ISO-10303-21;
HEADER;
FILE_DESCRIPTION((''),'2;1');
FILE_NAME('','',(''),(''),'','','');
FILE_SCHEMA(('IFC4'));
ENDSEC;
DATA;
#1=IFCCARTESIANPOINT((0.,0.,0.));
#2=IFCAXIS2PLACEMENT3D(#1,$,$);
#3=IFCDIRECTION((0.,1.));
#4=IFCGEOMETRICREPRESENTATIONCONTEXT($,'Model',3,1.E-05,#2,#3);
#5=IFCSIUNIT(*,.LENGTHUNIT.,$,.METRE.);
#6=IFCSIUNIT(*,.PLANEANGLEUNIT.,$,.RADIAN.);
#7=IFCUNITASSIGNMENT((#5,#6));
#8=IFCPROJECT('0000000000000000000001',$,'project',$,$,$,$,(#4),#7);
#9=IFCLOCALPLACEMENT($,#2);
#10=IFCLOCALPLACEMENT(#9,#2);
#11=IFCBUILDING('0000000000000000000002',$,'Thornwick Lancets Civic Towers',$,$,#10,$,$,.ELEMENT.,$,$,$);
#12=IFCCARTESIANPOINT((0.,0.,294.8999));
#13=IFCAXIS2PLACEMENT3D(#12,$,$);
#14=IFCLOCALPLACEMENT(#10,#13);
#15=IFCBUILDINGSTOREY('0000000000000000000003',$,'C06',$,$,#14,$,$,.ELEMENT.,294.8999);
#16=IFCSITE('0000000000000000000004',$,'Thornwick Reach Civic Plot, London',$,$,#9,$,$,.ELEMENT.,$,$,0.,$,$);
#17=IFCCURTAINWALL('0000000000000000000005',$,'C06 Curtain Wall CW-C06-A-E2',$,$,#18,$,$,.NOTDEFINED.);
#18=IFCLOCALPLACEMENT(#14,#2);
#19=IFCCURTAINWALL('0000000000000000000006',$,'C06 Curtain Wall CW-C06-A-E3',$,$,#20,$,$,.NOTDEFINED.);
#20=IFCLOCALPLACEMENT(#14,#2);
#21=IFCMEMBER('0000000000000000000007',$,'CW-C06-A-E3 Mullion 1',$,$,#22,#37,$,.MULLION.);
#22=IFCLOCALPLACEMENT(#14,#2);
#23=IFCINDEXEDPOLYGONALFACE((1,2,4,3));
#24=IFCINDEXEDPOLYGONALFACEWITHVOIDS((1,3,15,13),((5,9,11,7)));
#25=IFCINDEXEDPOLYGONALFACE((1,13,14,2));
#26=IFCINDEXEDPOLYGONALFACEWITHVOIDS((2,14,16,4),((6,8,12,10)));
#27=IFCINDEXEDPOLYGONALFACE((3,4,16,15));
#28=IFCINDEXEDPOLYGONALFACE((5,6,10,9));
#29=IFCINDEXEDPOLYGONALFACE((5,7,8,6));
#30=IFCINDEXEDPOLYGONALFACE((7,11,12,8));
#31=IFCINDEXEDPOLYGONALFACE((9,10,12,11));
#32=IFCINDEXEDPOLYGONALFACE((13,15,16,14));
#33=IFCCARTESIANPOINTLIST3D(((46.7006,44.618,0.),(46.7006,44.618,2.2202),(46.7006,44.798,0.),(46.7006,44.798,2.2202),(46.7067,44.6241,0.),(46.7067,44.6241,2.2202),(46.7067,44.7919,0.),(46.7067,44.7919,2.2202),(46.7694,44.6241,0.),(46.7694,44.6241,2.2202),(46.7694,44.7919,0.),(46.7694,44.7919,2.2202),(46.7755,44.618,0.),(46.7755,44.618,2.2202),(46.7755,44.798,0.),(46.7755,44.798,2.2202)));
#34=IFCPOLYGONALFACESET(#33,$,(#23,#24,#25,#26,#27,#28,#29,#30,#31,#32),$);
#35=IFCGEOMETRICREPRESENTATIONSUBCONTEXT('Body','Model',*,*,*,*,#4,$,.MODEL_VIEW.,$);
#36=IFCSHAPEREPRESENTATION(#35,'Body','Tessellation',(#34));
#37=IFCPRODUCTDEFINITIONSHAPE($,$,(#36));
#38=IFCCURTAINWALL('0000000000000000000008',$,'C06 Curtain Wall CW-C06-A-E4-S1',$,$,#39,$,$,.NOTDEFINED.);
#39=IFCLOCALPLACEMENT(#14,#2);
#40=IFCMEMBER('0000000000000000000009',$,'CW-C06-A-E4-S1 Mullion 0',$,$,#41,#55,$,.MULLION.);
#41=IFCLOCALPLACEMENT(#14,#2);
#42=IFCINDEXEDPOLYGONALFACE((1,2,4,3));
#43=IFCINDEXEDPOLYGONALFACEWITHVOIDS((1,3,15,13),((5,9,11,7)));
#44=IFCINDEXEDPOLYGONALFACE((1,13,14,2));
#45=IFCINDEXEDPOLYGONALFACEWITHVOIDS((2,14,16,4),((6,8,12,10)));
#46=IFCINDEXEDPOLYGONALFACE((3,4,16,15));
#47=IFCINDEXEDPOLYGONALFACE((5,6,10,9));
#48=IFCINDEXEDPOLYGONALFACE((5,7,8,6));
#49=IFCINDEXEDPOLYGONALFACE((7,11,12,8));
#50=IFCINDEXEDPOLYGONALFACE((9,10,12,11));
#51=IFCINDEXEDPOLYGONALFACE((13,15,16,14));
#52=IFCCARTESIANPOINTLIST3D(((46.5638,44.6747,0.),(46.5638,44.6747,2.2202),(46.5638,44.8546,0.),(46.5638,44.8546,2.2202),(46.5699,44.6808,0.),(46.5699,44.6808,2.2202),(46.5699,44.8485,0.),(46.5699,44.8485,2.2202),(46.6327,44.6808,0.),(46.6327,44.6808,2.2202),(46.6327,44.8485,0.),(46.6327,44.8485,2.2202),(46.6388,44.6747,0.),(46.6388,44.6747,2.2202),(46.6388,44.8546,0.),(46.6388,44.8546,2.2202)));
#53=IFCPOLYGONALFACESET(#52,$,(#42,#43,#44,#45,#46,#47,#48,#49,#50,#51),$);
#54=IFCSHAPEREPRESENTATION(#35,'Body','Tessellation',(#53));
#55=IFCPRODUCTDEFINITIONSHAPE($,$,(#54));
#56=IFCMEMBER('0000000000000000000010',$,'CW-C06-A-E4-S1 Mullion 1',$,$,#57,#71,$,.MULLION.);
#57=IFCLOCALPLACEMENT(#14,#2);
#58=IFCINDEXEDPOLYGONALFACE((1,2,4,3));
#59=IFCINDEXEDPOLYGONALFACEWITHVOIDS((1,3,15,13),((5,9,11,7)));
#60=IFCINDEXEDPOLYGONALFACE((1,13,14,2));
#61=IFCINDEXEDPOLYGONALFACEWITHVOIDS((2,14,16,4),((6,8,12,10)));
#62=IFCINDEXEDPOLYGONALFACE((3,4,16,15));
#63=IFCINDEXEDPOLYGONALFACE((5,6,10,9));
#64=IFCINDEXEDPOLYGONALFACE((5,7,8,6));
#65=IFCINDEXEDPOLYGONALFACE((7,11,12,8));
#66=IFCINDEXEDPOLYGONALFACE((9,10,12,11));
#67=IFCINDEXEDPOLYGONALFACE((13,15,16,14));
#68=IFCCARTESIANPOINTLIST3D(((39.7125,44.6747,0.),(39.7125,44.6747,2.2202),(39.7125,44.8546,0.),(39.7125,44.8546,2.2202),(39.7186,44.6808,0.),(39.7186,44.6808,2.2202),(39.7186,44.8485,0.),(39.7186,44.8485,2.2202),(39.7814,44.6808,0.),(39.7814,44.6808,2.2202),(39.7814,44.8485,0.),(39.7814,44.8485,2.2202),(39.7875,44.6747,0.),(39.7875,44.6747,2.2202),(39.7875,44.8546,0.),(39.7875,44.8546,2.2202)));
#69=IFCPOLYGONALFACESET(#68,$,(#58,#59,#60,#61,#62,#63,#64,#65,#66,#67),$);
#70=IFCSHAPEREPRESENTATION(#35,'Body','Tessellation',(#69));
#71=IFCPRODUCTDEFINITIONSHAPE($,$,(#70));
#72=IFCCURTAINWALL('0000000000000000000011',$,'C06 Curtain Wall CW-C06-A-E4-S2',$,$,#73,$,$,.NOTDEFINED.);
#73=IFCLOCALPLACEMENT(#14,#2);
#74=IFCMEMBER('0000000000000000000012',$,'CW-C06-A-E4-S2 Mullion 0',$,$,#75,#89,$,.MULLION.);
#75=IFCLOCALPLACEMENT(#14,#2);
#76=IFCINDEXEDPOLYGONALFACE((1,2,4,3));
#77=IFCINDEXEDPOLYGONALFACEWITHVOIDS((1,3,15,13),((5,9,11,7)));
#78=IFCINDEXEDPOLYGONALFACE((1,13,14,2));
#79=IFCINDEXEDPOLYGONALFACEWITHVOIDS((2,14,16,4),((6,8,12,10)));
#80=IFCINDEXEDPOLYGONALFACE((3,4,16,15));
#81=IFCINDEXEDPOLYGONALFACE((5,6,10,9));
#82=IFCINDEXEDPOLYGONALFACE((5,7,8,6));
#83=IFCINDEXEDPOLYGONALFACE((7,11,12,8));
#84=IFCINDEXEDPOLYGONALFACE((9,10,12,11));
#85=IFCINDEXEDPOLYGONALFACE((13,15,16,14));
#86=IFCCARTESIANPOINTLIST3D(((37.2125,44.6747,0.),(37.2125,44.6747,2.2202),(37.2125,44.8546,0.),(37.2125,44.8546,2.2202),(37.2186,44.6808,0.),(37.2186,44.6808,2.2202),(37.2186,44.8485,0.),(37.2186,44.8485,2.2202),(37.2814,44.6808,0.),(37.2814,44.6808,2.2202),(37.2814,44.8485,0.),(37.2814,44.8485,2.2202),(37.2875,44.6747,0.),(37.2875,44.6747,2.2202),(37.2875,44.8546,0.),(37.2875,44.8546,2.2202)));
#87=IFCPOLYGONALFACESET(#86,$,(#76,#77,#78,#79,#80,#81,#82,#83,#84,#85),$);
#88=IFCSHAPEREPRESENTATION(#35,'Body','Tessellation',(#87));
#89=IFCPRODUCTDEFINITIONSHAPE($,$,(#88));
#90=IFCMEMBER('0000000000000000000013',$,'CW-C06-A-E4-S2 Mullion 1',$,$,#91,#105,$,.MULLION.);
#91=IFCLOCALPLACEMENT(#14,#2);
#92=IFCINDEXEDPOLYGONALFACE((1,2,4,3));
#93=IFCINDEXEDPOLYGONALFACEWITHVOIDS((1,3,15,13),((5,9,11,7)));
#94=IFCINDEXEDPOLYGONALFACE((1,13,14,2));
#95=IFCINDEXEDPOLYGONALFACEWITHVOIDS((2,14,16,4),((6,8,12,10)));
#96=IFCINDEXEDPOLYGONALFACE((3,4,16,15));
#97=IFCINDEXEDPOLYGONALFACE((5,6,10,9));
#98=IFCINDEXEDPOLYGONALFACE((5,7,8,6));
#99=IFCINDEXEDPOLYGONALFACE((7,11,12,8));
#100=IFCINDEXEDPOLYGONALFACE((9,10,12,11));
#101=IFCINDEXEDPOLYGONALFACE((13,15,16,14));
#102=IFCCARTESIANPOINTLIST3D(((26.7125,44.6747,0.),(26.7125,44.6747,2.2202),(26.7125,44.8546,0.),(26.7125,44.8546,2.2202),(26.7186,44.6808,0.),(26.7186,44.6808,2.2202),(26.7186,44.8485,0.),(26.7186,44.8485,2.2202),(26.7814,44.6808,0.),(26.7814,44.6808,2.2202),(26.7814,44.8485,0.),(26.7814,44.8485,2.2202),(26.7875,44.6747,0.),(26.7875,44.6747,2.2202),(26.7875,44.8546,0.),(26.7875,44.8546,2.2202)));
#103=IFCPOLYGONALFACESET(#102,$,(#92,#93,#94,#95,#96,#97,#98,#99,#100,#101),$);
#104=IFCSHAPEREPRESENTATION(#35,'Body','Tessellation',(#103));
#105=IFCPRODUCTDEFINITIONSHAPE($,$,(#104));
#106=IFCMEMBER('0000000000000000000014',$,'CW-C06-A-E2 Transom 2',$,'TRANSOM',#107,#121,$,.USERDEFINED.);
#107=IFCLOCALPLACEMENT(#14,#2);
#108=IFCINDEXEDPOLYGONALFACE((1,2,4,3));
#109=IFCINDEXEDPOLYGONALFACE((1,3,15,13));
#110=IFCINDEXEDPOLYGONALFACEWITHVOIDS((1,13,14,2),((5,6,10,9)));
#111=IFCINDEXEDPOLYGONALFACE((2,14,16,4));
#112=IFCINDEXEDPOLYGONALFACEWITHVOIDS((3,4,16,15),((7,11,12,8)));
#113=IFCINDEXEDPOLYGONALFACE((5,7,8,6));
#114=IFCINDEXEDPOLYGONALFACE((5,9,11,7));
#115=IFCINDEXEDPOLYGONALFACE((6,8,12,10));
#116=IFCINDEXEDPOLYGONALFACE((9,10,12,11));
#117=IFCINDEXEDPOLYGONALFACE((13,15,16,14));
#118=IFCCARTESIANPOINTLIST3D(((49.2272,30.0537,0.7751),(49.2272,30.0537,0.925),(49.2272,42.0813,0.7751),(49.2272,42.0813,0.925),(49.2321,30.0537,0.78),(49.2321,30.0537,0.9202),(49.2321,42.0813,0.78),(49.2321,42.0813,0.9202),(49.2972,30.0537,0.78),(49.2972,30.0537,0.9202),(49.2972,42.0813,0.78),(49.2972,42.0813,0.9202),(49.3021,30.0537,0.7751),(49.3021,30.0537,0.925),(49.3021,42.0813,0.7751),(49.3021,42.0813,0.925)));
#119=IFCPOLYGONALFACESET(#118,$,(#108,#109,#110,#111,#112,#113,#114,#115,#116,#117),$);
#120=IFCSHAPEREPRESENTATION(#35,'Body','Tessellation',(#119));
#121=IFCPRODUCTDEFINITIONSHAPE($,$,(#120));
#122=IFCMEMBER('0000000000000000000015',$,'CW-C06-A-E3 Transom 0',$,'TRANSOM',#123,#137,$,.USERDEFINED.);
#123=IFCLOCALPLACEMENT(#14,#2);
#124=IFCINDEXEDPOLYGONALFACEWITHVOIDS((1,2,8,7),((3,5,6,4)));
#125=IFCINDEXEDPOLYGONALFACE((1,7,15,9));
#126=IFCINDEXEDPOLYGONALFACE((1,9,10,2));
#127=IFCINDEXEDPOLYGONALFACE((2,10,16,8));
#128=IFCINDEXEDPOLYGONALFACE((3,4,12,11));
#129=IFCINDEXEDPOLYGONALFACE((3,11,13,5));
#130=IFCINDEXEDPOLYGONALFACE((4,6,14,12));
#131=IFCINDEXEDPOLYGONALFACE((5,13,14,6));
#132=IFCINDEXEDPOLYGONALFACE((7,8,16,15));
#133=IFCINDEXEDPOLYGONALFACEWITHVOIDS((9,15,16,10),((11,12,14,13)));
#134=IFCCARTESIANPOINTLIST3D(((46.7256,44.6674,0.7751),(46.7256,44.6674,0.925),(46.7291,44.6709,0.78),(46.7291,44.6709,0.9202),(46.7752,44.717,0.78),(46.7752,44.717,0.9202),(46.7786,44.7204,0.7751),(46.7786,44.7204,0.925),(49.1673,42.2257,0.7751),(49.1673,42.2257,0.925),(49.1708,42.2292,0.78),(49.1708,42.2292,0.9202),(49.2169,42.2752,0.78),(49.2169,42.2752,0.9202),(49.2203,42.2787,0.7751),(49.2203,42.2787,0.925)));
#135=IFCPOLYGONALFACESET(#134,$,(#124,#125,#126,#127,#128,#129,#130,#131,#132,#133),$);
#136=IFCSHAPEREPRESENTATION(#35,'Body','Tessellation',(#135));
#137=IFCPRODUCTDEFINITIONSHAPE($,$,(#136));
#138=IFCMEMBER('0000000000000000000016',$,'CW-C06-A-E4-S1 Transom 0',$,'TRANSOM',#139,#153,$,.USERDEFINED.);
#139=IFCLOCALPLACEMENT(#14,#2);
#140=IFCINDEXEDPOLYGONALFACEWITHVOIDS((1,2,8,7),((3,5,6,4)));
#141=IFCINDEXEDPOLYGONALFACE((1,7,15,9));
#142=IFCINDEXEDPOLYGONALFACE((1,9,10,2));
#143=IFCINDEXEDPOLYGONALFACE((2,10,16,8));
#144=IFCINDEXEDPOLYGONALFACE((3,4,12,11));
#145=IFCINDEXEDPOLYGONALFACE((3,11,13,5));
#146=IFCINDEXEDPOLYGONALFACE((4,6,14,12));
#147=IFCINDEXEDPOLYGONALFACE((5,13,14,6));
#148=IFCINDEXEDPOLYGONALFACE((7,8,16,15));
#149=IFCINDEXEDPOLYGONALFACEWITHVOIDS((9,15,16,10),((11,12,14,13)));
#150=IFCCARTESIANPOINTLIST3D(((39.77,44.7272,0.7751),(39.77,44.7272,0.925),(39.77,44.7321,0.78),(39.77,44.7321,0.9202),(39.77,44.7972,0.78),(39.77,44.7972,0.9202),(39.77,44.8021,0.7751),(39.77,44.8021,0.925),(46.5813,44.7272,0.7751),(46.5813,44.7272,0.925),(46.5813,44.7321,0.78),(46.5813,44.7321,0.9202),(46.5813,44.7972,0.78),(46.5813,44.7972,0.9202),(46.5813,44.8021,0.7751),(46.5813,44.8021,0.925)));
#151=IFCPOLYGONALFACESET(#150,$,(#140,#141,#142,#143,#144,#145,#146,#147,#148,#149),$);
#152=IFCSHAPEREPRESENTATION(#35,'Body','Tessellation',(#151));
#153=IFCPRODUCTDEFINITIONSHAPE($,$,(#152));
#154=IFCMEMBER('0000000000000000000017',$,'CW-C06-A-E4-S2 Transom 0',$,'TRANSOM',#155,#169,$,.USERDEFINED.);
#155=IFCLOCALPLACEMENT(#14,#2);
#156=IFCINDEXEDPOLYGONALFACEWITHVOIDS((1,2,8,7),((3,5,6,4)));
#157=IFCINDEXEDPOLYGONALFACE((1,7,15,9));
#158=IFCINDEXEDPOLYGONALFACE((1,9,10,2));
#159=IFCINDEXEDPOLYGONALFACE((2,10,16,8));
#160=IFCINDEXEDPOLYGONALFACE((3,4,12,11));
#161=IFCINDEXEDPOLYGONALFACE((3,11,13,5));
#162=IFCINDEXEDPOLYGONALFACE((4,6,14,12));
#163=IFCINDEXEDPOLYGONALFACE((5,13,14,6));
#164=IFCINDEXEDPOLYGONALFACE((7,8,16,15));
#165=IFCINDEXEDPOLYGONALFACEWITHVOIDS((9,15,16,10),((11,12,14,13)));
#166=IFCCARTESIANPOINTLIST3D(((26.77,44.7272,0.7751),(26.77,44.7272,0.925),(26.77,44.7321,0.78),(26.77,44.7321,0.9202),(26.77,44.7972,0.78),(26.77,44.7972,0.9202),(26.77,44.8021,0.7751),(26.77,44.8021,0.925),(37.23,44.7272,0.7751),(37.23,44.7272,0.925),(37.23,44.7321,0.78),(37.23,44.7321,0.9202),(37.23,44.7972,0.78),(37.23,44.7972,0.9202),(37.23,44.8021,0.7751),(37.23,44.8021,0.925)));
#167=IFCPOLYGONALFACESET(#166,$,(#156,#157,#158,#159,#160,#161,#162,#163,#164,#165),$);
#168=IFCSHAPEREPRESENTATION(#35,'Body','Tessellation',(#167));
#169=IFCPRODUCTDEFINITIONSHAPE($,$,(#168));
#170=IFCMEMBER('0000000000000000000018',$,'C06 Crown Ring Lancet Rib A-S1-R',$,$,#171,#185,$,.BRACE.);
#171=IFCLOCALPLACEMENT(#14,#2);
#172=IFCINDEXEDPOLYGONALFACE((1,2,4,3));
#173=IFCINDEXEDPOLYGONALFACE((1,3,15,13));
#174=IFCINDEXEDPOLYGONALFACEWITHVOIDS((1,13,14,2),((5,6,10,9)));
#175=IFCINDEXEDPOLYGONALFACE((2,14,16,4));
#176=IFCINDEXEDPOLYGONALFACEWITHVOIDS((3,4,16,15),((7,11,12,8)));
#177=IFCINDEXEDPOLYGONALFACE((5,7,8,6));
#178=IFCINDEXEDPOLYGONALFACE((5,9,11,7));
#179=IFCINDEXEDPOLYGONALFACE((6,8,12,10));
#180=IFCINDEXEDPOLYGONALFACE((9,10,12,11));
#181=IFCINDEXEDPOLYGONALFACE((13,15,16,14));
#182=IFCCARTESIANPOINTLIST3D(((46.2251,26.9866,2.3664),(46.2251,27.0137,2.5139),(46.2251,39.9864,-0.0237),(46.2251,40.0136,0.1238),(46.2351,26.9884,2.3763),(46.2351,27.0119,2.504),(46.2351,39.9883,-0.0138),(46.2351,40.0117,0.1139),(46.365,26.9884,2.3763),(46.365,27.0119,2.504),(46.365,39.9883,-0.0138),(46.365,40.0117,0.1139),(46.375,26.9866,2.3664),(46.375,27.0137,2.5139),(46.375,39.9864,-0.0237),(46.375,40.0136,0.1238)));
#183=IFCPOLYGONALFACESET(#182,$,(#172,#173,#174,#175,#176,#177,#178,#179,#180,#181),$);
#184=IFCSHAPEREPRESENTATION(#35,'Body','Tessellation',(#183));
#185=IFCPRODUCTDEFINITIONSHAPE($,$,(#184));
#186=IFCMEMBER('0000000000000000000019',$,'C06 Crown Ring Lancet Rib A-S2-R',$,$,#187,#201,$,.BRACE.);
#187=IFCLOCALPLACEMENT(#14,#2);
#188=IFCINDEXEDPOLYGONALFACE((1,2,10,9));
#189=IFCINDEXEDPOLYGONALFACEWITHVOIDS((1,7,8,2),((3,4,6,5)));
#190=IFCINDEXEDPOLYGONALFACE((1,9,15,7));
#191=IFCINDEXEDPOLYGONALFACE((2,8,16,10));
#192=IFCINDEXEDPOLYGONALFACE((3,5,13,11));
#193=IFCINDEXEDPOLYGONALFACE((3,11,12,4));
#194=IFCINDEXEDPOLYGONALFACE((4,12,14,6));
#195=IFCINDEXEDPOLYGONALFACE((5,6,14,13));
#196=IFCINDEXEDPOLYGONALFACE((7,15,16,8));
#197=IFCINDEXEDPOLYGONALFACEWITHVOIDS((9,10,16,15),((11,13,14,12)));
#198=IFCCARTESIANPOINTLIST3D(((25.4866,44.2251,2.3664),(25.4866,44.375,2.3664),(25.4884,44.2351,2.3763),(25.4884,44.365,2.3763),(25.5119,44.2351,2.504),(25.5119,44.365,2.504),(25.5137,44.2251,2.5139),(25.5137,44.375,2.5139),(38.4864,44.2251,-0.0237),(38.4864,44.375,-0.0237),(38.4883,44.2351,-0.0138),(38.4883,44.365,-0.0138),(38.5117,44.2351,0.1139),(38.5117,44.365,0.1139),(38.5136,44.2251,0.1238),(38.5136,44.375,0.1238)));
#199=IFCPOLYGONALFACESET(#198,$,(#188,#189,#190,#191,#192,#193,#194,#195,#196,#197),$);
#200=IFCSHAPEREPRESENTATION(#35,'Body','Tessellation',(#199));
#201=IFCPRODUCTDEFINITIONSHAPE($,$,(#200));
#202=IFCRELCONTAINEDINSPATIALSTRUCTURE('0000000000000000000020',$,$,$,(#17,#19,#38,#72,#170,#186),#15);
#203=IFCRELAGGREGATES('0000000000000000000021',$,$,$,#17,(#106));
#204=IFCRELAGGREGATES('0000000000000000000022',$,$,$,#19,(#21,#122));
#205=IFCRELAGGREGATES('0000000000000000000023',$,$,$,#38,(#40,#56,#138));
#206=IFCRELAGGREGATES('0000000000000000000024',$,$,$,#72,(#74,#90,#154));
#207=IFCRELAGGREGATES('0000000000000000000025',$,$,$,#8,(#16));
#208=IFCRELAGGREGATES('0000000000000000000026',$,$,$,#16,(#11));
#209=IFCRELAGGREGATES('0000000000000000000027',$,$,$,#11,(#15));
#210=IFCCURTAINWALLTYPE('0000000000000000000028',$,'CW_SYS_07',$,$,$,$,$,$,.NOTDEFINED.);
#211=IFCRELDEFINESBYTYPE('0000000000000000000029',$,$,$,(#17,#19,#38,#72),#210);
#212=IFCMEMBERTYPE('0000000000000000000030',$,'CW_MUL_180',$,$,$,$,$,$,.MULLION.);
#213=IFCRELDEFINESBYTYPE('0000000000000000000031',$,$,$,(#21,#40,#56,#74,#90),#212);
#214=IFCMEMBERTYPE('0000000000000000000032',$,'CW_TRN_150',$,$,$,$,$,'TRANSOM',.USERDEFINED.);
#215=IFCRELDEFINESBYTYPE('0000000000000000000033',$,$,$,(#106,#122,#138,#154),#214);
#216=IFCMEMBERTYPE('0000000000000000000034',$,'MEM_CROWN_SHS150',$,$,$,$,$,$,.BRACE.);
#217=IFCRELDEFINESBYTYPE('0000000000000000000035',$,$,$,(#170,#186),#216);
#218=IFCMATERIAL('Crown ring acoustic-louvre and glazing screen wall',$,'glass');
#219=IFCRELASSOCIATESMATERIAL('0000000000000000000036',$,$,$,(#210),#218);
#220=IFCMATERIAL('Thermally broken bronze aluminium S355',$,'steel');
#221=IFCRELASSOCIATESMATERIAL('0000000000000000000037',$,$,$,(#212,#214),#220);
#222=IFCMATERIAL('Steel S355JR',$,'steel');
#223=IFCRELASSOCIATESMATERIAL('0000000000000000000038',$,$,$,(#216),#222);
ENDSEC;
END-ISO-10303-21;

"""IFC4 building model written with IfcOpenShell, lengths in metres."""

from ifc_helpers import new_model, si_unit, direction, frame, origin, origin_2d, place, context, subcontext, project, spatial, hollow_rectangle, extrude, material, material_profile, profile_set, type_object, element, aggregate, save


model = new_model("IFC4")

# Units and contexts
model_context = context("Model", 3, precision=1e-05, world=origin(), true_north=direction((0.0, 1.0)))
body_context = subcontext(model_context, "Body", "Model", "MODEL_VIEW")
ifc_project = project(units=[si_unit("LENGTHUNIT", "METRE"), si_unit("PLANEANGLEUNIT", "RADIAN")], contexts=[model_context])

# Site, building, storey
site_placement = place(None, origin())
site = spatial("IfcSite", under=ifc_project, at=site_placement, Name="Thornwick Reach Civic Plot, London", CompositionType="ELEMENT", RefElevation=0.0)
building_placement = place(site_placement, origin())
building = spatial("IfcBuilding", under=site, at=building_placement, Name="Thornwick Lancets Civic Towers", CompositionType="ELEMENT")
storey_placement = place(building_placement, frame((0.0, 0.0, 294.8999)))
storey = spatial("IfcBuildingStorey", under=building, at=storey_placement, Name="C06", CompositionType="ELEMENT", Elevation=294.8999)

# Shared definitions
ifc_material_1 = material(Name="Steel S355JR", Category="steel")

# Curtain walls, members
ifc_material_2 = material(Name="Crown ring acoustic-louvre and glazing screen wall", Category="glass")
curtain_wall_type = type_object("IfcCurtainWallType", Name="CW_SYS_07", PredefinedType="NOTDEFINED", material=ifc_material_2)
curtain_wall_1_placement = place(storey_placement, origin())
curtain_wall_1 = element("IfcCurtainWall", 1, at=curtain_wall_1_placement, inside=storey, type_object=curtain_wall_type, Name="C06 Curtain Wall CW-C06-A-E2", PredefinedType="NOTDEFINED")
ifc_material_3 = material(Name="Thermally broken bronze aluminium S355", Category="steel")
ifc_material_profile_1 = material_profile(ifc_material_3, hollow_rectangle(XDim=0.075, YDim=0.1799, WallThickness=0.0061, at=origin_2d()), Name="RHS 180x75x6")
ifc_profile_set_1 = profile_set([ifc_material_profile_1], Name="Thermally broken bronze aluminium S355")
member_type_1 = type_object("IfcMemberType", Name="CW_MUL_180", PredefinedType="MULLION", material=ifc_profile_set_1)
curtain_wall_2_placement = place(storey_placement, origin())
curtain_wall_2 = element("IfcCurtainWall", 2, at=curtain_wall_2_placement, inside=storey, type_object=curtain_wall_type, Name="C06 Curtain Wall CW-C06-A-E3", PredefinedType="NOTDEFINED")
member_1_placement = place(storey_placement, frame((46.738, 44.708, 0.0), z_axis=(0.0, 0.0, 1.0), x_axis=(1.0, 0.0, 0.0)))
member_1 = element("IfcMember", 3, at=member_1_placement, type_object=member_type_1, Name="CW-C06-A-E3 Mullion 1", PredefinedType="MULLION", context=body_context, shape_type="SweptSolid", body=[
    extrude(hollow_rectangle(XDim=0.075, YDim=0.1799, WallThickness=0.0061, at=origin_2d()), origin(), (0.0, 0.0, 1.0), 2.2202),
])
curtain_wall_3_placement = place(storey_placement, origin())
curtain_wall_3 = element("IfcCurtainWall", 4, at=curtain_wall_3_placement, inside=storey, type_object=curtain_wall_type, Name="C06 Curtain Wall CW-C06-A-E4-S1", PredefinedType="NOTDEFINED")
member_2_placement = place(storey_placement, frame((46.6013, 44.7646, 0.0), z_axis=(0.0, 0.0, 1.0), x_axis=(1.0, 0.0, 0.0)))
member_2 = element("IfcMember", 5, at=member_2_placement, type_object=member_type_1, Name="CW-C06-A-E4-S1 Mullion 0", PredefinedType="MULLION", context=body_context, shape_type="SweptSolid", body=[
    extrude(hollow_rectangle(XDim=0.075, YDim=0.1799, WallThickness=0.0061, at=origin_2d()), origin(), (0.0, 0.0, 1.0), 2.2202),
])
member_3_placement = place(storey_placement, frame((39.75, 44.7646, 0.0), z_axis=(0.0, 0.0, 1.0), x_axis=(1.0, 0.0, 0.0)))
member_3 = element("IfcMember", 6, at=member_3_placement, type_object=member_type_1, Name="CW-C06-A-E4-S1 Mullion 1", PredefinedType="MULLION", context=body_context, shape_type="SweptSolid", body=[
    extrude(hollow_rectangle(XDim=0.075, YDim=0.1799, WallThickness=0.0061, at=origin_2d()), origin(), (0.0, 0.0, 1.0), 2.2202),
])
curtain_wall_4_placement = place(storey_placement, origin())
curtain_wall_4 = element("IfcCurtainWall", 7, at=curtain_wall_4_placement, inside=storey, type_object=curtain_wall_type, Name="C06 Curtain Wall CW-C06-A-E4-S2", PredefinedType="NOTDEFINED")
member_4_placement = place(storey_placement, frame((37.25, 44.7646, 0.0), z_axis=(0.0, 0.0, 1.0), x_axis=(1.0, 0.0, 0.0)))
member_4 = element("IfcMember", 8, at=member_4_placement, type_object=member_type_1, Name="CW-C06-A-E4-S2 Mullion 0", PredefinedType="MULLION", context=body_context, shape_type="SweptSolid", body=[
    extrude(hollow_rectangle(XDim=0.075, YDim=0.1799, WallThickness=0.0061, at=origin_2d()), origin(), (0.0, 0.0, 1.0), 2.2202),
])
member_5_placement = place(storey_placement, frame((26.75, 44.7646, 0.0), z_axis=(0.0, 0.0, 1.0), x_axis=(1.0, 0.0, 0.0)))
member_5 = element("IfcMember", 9, at=member_5_placement, type_object=member_type_1, Name="CW-C06-A-E4-S2 Mullion 1", PredefinedType="MULLION", context=body_context, shape_type="SweptSolid", body=[
    extrude(hollow_rectangle(XDim=0.075, YDim=0.1799, WallThickness=0.0061, at=origin_2d()), origin(), (0.0, 0.0, 1.0), 2.2202),
])

# Members
ifc_material_profile_2 = material_profile(ifc_material_3, hollow_rectangle(XDim=0.075, YDim=0.1499, WallThickness=0.0049, at=origin_2d()), Name="RHS 150x75x5")
ifc_profile_set_2 = profile_set([ifc_material_profile_2], Name="Thermally broken bronze aluminium S355")
member_type_2 = type_object("IfcMemberType", Name="CW_TRN_150", ElementType="TRANSOM", PredefinedType="USERDEFINED", material=ifc_profile_set_2)
member_6_placement = place(storey_placement, frame((49.2646, 30.0537, 0.8501), z_axis=(0.0, 1.0, 0.0), x_axis=(-1.0, 0.0, 0.0)))
member_6 = element("IfcMember", 10, at=member_6_placement, type_object=member_type_2, Name="CW-C06-A-E2 Transom 2", ObjectType="TRANSOM", PredefinedType="USERDEFINED", context=body_context, shape_type="SweptSolid", body=[
    extrude(hollow_rectangle(XDim=0.075, YDim=0.1499, WallThickness=0.0049, at=origin_2d()), origin(), (0.0, 0.0, 1.0), 12.0276),
])
aggregate(curtain_wall_1, [member_6])
member_7_placement = place(storey_placement, frame((49.1938, 42.2522, 0.8501), z_axis=(-0.707107, 0.707107, 0.0), x_axis=(-0.707107, -0.707107, 0.0)))
member_7 = element("IfcMember", 11, at=member_7_placement, type_object=member_type_2, Name="CW-C06-A-E3 Transom 0", ObjectType="TRANSOM", PredefinedType="USERDEFINED", context=body_context, shape_type="SweptSolid", body=[
    extrude(hollow_rectangle(XDim=0.075, YDim=0.1499, WallThickness=0.0049, at=origin_2d()), origin(), (0.0, 0.0, 1.0), 3.4531),
])
member_8_placement = place(storey_placement, frame((46.5813, 44.7646, 0.8501), z_axis=(-1.0, 0.0, 0.0), x_axis=(0.0, -1.0, 0.0)))
member_8 = element("IfcMember", 12, at=member_8_placement, type_object=member_type_2, Name="CW-C06-A-E4-S1 Transom 0", ObjectType="TRANSOM", PredefinedType="USERDEFINED", context=body_context, shape_type="SweptSolid", body=[
    extrude(hollow_rectangle(XDim=0.075, YDim=0.1499, WallThickness=0.0049, at=origin_2d()), origin(), (0.0, 0.0, 1.0), 6.8113),
])
member_9_placement = place(storey_placement, frame((37.23, 44.7646, 0.8501), z_axis=(-1.0, 0.0, 0.0), x_axis=(0.0, -1.0, 0.0)))
member_9 = element("IfcMember", 13, at=member_9_placement, type_object=member_type_2, Name="CW-C06-A-E4-S2 Transom 0", ObjectType="TRANSOM", PredefinedType="USERDEFINED", context=body_context, shape_type="SweptSolid", body=[
    extrude(hollow_rectangle(XDim=0.075, YDim=0.1499, WallThickness=0.0049, at=origin_2d()), origin(), (0.0, 0.0, 1.0), 10.46),
])

# Members
ifc_material_profile_3 = material_profile(ifc_material_1, hollow_rectangle(XDim=0.1499, YDim=0.1499, WallThickness=0.01, at=origin_2d()), Name="SHS 150x150x10")
ifc_profile_set_3 = profile_set([ifc_material_profile_3], Name="Steel S355JR")
member_type_3 = type_object("IfcMemberType", Name="MEM_CROWN_SHS150", PredefinedType="BRACE", material=ifc_profile_set_3)
for number, where, z_axis, x_axis, name in (
    (14, (46.3, 40.0, 0.05), (0.0, -0.983515, 0.180826), (1.0, 0.0, 0.0), "C06 Crown Ring Lancet Rib A-S1-R"),
    (15, (38.5, 44.3, 0.05), (-0.983515, 0.0, 0.180826), (0.0, -1.0, 0.0), "C06 Crown Ring Lancet Rib A-S2-R"),
):
    element("IfcMember", number, at=place(storey_placement, frame(where, z_axis=z_axis, x_axis=x_axis)), inside=storey, type_object=member_type_3, Name=name, PredefinedType="BRACE", context=body_context, shape_type="SweptSolid", body=[
        extrude(hollow_rectangle(XDim=0.1499, YDim=0.1499, WallThickness=0.01, at=origin_2d()), origin(), (0.0, 0.0, 1.0), 13.2178),
    ])

aggregate(curtain_wall_2, [member_1, member_7])
aggregate(curtain_wall_3, [member_2, member_3, member_8])
aggregate(curtain_wall_4, [member_4, member_5, member_9])

save(model, "model.ifc")
